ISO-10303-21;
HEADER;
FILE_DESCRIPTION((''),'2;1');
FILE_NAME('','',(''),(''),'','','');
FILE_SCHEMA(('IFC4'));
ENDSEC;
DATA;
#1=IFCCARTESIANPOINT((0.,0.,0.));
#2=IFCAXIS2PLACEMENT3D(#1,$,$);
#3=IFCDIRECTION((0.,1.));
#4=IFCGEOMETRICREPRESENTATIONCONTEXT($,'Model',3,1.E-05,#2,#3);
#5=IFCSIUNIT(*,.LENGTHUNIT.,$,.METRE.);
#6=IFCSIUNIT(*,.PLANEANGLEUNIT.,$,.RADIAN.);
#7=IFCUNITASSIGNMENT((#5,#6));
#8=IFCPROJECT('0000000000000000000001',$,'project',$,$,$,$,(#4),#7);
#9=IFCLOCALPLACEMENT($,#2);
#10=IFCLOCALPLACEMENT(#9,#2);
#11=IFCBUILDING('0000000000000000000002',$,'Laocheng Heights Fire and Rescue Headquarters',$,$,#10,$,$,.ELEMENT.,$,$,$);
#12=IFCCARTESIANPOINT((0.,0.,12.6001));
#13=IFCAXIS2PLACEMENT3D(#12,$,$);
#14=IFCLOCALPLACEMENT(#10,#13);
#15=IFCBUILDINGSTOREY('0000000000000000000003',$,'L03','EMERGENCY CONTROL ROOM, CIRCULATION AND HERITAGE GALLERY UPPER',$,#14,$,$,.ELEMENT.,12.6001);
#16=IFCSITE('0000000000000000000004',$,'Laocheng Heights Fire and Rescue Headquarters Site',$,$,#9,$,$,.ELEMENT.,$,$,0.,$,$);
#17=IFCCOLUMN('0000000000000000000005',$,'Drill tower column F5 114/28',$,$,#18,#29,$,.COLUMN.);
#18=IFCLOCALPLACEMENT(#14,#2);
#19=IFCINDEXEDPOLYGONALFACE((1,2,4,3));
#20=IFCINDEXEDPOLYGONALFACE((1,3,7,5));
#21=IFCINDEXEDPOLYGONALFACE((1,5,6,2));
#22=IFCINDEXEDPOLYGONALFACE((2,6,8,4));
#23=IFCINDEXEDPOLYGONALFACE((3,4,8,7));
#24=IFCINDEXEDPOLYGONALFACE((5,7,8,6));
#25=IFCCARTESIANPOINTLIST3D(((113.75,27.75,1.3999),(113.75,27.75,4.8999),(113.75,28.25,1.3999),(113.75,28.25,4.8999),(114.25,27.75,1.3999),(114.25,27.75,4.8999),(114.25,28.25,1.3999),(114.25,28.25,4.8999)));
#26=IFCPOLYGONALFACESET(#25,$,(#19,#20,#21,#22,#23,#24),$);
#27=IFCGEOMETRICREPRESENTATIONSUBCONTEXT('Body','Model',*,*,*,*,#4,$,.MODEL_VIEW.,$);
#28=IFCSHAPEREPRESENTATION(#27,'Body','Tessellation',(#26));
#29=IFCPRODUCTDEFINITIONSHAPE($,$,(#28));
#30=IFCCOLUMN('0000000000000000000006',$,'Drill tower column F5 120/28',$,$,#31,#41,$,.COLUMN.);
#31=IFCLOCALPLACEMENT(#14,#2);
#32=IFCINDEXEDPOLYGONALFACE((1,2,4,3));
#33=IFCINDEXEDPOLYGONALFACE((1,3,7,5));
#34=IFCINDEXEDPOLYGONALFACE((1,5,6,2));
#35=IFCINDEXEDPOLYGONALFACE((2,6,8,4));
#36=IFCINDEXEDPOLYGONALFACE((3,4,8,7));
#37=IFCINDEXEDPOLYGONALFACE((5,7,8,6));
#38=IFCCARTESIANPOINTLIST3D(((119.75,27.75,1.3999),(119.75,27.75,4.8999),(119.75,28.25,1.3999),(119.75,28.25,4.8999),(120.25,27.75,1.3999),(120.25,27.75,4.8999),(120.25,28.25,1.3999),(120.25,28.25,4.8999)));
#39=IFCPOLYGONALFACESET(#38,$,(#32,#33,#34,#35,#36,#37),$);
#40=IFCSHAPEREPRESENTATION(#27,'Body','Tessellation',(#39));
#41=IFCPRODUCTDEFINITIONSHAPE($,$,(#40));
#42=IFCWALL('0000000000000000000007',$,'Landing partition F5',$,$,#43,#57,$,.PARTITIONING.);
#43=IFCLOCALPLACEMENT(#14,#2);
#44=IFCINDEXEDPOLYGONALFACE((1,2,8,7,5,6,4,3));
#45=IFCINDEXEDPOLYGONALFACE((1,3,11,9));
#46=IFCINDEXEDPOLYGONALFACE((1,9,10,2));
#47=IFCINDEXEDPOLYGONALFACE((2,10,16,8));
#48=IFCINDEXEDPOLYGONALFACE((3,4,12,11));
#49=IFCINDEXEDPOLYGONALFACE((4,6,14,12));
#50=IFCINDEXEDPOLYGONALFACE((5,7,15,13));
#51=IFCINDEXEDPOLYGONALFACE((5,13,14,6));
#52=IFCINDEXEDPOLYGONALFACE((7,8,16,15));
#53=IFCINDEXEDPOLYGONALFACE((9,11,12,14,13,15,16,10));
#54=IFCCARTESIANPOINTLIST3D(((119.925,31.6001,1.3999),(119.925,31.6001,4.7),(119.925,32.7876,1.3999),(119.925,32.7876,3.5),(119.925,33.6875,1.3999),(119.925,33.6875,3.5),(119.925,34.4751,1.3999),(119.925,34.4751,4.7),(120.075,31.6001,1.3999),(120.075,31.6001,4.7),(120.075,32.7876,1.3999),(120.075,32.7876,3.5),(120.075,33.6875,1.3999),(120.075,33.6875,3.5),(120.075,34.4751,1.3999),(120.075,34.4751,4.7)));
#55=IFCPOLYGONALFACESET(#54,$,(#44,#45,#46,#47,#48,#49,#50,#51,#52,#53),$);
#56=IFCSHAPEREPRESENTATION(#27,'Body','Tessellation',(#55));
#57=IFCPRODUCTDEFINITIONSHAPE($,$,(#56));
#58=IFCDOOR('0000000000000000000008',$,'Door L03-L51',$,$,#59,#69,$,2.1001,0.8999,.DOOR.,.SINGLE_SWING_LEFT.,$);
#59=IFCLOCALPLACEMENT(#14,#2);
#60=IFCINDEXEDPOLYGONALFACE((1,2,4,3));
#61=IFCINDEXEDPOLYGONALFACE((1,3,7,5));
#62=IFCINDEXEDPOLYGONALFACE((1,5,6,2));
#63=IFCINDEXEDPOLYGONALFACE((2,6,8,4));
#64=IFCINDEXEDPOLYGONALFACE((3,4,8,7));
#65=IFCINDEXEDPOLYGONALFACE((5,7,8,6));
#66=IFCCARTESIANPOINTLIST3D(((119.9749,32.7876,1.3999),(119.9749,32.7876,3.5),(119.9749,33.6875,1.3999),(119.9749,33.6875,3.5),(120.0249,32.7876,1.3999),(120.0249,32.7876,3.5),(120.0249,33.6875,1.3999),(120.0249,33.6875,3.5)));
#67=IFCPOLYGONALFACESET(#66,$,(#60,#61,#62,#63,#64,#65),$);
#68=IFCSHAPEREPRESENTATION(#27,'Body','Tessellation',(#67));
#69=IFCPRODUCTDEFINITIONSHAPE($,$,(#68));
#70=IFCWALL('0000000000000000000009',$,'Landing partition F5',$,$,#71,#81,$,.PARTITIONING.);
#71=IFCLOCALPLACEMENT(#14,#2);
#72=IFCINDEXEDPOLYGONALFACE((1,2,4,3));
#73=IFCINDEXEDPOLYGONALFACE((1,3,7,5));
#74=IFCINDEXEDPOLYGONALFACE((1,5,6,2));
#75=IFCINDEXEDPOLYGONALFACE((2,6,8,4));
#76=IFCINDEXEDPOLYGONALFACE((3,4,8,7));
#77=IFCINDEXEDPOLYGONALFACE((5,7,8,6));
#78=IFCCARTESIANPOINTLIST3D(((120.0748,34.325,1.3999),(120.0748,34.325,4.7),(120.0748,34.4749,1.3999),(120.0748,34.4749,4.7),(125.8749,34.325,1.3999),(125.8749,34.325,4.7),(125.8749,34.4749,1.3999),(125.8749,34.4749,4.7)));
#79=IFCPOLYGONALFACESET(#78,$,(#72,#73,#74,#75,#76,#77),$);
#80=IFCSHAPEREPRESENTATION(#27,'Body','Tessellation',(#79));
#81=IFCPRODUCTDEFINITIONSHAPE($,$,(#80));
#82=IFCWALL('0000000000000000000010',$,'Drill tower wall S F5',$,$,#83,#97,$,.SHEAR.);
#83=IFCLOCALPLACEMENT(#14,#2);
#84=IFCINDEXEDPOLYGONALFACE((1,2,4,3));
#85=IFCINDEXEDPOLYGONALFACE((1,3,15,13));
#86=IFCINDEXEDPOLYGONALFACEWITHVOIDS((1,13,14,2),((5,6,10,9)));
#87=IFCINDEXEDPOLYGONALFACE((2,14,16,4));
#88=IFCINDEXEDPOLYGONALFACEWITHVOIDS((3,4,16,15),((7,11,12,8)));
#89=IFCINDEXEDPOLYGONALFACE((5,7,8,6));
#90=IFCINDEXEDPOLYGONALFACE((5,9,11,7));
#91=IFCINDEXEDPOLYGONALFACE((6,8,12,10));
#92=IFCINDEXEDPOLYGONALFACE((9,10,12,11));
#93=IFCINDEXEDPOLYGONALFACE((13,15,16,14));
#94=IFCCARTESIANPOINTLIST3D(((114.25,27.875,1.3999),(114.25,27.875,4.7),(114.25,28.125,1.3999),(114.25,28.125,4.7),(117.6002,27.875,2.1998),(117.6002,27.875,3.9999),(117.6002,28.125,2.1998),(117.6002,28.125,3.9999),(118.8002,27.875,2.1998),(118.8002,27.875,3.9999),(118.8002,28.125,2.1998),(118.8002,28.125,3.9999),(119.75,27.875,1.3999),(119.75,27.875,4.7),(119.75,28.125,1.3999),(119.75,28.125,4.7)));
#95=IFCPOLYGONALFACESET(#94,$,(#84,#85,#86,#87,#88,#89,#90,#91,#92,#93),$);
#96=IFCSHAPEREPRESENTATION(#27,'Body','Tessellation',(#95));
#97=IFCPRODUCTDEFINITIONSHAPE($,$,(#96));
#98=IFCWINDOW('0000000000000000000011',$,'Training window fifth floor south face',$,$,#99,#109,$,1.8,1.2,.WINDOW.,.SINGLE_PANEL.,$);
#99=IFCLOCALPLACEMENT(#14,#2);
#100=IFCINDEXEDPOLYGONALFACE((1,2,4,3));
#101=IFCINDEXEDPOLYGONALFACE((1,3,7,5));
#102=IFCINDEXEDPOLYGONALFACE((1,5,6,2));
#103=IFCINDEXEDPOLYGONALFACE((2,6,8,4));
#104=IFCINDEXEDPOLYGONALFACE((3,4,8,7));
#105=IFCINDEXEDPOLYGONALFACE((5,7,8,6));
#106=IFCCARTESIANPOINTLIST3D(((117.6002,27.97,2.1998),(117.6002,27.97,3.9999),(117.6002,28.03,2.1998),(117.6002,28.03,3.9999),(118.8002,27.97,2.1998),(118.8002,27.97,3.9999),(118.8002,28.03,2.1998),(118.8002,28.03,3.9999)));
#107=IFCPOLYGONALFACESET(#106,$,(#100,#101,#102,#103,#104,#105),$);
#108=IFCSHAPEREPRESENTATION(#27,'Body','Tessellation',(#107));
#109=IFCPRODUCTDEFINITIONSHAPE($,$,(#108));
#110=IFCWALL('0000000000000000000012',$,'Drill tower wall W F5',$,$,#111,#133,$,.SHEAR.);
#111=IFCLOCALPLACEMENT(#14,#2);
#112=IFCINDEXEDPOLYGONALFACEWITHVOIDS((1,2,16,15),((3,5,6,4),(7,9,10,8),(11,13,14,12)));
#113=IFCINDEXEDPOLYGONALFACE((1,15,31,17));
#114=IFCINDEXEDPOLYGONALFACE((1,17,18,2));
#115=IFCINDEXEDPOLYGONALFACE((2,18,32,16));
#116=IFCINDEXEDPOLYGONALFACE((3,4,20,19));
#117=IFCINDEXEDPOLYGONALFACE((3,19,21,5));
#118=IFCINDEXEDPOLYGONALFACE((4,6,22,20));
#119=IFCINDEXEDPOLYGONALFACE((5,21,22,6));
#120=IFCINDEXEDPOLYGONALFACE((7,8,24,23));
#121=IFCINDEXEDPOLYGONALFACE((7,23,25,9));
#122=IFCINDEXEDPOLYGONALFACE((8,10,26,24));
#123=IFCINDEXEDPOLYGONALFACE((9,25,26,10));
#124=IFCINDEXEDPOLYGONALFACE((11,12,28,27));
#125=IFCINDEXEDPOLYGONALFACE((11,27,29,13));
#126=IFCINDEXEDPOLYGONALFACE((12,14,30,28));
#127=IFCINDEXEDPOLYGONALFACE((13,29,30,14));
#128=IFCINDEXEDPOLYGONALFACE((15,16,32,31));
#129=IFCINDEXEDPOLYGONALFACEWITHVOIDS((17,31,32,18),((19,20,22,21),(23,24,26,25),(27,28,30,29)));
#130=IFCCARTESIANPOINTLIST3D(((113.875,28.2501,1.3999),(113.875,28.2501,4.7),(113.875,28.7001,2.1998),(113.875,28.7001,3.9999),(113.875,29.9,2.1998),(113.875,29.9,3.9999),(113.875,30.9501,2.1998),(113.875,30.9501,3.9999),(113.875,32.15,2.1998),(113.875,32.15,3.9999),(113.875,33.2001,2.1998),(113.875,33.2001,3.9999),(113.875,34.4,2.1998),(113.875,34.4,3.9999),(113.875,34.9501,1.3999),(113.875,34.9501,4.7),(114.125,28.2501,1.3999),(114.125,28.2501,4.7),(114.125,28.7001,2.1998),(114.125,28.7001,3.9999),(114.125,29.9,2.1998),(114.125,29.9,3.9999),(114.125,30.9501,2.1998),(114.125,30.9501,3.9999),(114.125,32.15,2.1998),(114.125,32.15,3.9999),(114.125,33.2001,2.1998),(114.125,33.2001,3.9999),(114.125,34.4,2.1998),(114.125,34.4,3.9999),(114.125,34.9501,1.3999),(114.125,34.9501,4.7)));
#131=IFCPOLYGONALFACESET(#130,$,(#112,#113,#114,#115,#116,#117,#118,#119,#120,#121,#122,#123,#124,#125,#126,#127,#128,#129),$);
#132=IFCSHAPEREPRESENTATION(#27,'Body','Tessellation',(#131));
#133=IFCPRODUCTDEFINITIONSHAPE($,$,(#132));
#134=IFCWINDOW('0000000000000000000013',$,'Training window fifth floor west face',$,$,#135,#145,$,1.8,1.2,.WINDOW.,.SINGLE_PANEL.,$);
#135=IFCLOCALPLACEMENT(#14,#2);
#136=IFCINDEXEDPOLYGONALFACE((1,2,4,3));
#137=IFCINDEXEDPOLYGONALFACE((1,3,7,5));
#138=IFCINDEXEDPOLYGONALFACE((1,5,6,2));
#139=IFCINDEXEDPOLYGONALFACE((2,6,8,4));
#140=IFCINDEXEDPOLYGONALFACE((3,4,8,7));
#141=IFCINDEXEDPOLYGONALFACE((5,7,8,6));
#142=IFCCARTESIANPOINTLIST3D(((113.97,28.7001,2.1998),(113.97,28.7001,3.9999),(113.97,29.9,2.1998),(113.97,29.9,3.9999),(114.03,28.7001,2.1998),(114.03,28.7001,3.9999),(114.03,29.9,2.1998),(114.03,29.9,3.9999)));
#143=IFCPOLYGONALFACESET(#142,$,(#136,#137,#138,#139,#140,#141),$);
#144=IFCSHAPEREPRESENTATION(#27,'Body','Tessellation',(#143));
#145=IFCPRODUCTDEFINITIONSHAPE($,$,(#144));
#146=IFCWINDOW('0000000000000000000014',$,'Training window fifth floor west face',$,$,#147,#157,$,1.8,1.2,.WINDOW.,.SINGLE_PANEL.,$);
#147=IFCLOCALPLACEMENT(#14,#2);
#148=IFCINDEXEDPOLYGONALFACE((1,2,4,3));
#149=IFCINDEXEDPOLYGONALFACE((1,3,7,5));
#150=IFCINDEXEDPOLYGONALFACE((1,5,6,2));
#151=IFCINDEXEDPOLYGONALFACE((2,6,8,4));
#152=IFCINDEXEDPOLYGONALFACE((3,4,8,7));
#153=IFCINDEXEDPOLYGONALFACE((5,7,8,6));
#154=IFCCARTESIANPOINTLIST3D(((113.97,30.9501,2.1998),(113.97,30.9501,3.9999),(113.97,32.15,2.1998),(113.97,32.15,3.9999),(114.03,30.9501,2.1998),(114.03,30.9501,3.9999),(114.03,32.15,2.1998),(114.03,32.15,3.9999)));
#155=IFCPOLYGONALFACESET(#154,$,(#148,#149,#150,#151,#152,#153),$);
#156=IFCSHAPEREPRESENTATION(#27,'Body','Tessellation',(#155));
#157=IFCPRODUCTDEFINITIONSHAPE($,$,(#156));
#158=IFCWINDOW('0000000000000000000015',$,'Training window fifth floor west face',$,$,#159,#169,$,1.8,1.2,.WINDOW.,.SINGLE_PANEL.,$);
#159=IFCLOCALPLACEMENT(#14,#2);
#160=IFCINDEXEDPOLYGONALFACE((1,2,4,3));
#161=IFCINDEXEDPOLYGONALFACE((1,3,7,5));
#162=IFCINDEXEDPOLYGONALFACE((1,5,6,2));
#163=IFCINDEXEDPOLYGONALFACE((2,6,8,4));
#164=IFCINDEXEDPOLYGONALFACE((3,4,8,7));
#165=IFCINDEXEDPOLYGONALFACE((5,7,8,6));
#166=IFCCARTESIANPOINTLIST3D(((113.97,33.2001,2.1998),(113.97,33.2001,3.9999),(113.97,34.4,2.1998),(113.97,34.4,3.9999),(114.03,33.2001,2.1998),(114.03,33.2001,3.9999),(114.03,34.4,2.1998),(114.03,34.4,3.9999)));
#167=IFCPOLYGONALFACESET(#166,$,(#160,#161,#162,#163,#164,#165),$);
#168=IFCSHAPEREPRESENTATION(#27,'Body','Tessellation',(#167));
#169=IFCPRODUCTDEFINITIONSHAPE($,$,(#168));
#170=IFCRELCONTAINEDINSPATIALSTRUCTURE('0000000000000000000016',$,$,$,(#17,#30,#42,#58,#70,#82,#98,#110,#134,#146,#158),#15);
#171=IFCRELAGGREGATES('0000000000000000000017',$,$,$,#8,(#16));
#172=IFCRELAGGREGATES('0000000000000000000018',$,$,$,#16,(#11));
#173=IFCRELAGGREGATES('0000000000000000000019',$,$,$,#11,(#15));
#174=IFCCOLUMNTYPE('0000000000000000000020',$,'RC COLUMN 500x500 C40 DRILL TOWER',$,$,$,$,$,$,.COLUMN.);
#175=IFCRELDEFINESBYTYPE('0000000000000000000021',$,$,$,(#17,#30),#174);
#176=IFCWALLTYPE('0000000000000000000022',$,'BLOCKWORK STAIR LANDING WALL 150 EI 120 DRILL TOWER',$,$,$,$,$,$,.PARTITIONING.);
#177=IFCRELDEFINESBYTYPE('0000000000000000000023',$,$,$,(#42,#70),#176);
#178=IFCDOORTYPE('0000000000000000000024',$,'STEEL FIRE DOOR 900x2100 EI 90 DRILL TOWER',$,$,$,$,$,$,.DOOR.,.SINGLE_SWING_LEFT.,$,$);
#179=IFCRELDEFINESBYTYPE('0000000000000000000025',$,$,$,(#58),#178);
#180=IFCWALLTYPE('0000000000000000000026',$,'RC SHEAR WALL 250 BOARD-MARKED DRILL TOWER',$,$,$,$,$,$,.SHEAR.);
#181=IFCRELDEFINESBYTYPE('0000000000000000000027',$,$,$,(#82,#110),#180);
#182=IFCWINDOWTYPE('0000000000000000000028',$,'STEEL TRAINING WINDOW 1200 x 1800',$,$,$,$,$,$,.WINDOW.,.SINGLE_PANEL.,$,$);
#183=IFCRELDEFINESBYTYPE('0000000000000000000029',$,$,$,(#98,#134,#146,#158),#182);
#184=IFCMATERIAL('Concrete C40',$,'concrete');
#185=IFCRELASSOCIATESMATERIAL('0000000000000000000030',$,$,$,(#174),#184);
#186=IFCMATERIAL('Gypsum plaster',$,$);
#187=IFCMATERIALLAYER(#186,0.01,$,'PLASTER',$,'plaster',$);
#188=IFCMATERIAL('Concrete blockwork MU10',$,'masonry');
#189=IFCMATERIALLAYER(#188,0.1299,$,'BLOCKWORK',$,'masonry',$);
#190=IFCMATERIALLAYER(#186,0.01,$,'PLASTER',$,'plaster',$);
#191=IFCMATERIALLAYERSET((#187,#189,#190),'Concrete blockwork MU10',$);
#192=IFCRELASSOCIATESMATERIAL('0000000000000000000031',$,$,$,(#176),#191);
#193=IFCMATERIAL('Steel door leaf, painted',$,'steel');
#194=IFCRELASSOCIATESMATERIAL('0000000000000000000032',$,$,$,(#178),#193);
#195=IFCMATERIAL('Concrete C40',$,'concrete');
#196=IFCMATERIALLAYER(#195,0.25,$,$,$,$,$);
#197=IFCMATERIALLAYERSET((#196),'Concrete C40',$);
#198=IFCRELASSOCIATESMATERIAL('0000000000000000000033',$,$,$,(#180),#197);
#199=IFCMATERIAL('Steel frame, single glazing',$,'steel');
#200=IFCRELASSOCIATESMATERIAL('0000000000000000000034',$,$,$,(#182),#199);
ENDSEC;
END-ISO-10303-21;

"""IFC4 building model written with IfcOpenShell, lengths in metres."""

from ifc_helpers import new_model, si_unit, direction, frame, frame_2d, origin, origin_2d, place, context, subcontext, project, spatial, rectangle, extrude, material, layer, layer_set, material_profile, profile_set, type_object, element, fill, save


model = new_model("IFC4")

# Units and contexts
model_context = context("Model", 3, precision=1e-05, world=origin(), true_north=direction((0.0, 1.0)))
body_context = subcontext(model_context, "Body", "Model", "MODEL_VIEW")
ifc_project = project(units=[si_unit("LENGTHUNIT", "METRE"), si_unit("PLANEANGLEUNIT", "RADIAN")], contexts=[model_context])

# Site, building, storey
site_placement = place(None, origin())
site = spatial("IfcSite", under=ifc_project, at=site_placement, Name="Laocheng Heights Fire and Rescue Headquarters Site", CompositionType="ELEMENT", RefElevation=0.0)
building_placement = place(site_placement, origin())
building = spatial("IfcBuilding", under=site, at=building_placement, Name="Laocheng Heights Fire and Rescue Headquarters", CompositionType="ELEMENT")
storey_placement = place(building_placement, frame((0.0, 0.0, 12.6001)))
storey = spatial("IfcBuildingStorey", under=building, at=storey_placement, Name="L03", Description="EMERGENCY CONTROL ROOM, CIRCULATION AND HERITAGE GALLERY UPPER", CompositionType="ELEMENT", Elevation=12.6001)

# Columns
ifc_material_1 = material(Name="Concrete C40", Category="concrete")
ifc_material_profile = material_profile(ifc_material_1, rectangle(XDim=0.5, YDim=0.5, at=origin_2d()), Name="RC COLUMN 500x500 C40 DRILL TOWER")
ifc_profile_set = profile_set([ifc_material_profile], Name="Concrete C40")
column_type = type_object("IfcColumnType", Name="RC COLUMN 500x500 C40 DRILL TOWER", PredefinedType="COLUMN", material=ifc_profile_set)
for number, where, z_axis, x_axis, name in (
    (1, (114.0, 28.0, 1.3999), (0.0, 0.0, 1.0), (1.0, 0.0, 0.0), "Drill tower column F5 114/28"),
    (2, (120.0, 28.0, 1.3999), (0.0, 0.0, 1.0), (1.0, 0.0, 0.0), "Drill tower column F5 120/28"),
):
    element("IfcColumn", number, at=place(storey_placement, frame(where, z_axis=z_axis, x_axis=x_axis)), inside=storey, type_object=column_type, Name=name, PredefinedType="COLUMN", context=body_context, shape_type="SweptSolid", body=[
        extrude(rectangle(XDim=0.5, YDim=0.5, at=origin_2d()), origin(), (0.0, 0.0, 1.0), 3.5),
    ])

# Wall, opening, door
ifc_material_2 = material(Name="Gypsum plaster")
ifc_layer_1 = layer(ifc_material_2, 0.01, Name="PLASTER", Category="plaster")
ifc_material_3 = material(Name="Concrete blockwork MU10", Category="masonry")
ifc_layer_2 = layer(ifc_material_3, 0.1299, Name="BLOCKWORK", Category="masonry")
ifc_layer_3 = layer(ifc_material_2, 0.01, Name="PLASTER", Category="plaster")
ifc_layer_set_1 = layer_set([ifc_layer_1, ifc_layer_2, ifc_layer_3], Name="Concrete blockwork MU10")
wall_type_1 = type_object("IfcWallType", Name="BLOCKWORK STAIR LANDING WALL 150 EI 120 DRILL TOWER", PredefinedType="PARTITIONING", material=ifc_layer_set_1)
wall_1_placement = place(storey_placement, frame((120.0, 31.6001, 1.3999), z_axis=(0.0, 0.0, 1.0), x_axis=(0.0, 1.0, 0.0)))
wall_1 = element("IfcWall", 3, at=wall_1_placement, inside=storey, type_object=wall_type_1, Name="Landing partition F5", PredefinedType="PARTITIONING", context=body_context, shape_type="SweptSolid", body=[
    extrude(rectangle(XDim=2.875, YDim=0.1499, at=frame_2d((1.4375, 0.0))), origin(), (0.0, 0.0, 1.0), 3.3),
])
opening_1_placement = place(wall_1_placement, frame((1.1875, 0.0, 0.0)))
opening_1 = element("IfcOpeningElement", 4, at=opening_1_placement, cuts=wall_1, PredefinedType="OPENING", context=body_context, shape_type="SweptSolid", body=[
    extrude(rectangle(XDim=0.8999, YDim=2.1001, at=frame_2d((0.45, 1.05))), frame((0.0, 0.085, 0.0), z_axis=(0.0, -1.0, 0.0), x_axis=(1.0, 0.0, 0.0)), (0.0, 0.0, 1.0), 0.1699),
])
ifc_material_4 = material(Name="Steel door leaf, painted", Category="steel")
door_type_1 = type_object("IfcDoorType", Name="STEEL FIRE DOOR 900x2100 EI 90 DRILL TOWER", OperationType="SINGLE_SWING_LEFT", PredefinedType="DOOR", material=ifc_material_4)
door_1_placement = place(opening_1_placement, frame((0.8999, 0.0, 0.0), z_axis=(0.0, 0.0, 1.0), x_axis=(-1.0, 0.0, 0.0)))
door_1 = element("IfcDoor", 5, at=door_1_placement, inside=storey, type_object=door_type_1, Name="Door L03-L51", OperationType="SINGLE_SWING_LEFT", OverallHeight=2.1001, OverallWidth=0.8999, PredefinedType="DOOR", context=body_context, shape_type="SweptSolid", body=[
    extrude(rectangle(XDim=0.8999, YDim=2.1001, at=frame_2d((0.45, 1.05))), frame((0.0, 0.0249, 0.0), z_axis=(0.0, -1.0, 0.0), x_axis=(1.0, 0.0, 0.0)), (0.0, 0.0, 1.0), 0.05),
])
fill(opening_1, door_1)

# Wall
wall_2_placement = place(storey_placement, frame((120.075, 34.3999, 1.3999), z_axis=(0.0, 0.0, 1.0), x_axis=(1.0, 0.0, 0.0)))
element("IfcWall", 6, at=wall_2_placement, inside=storey, type_object=wall_type_1, Name="Landing partition F5", PredefinedType="PARTITIONING", context=body_context, shape_type="SweptSolid", body=[
    extrude(rectangle(XDim=5.8, YDim=0.1499, at=frame_2d((2.8999, 0.0))), origin(), (0.0, 0.0, 1.0), 3.3),
])

# Wall, opening, window
ifc_material_5 = material(Name="Concrete C40", Category="concrete")
ifc_layer_4 = layer(ifc_material_5, 0.25)
ifc_layer_set_2 = layer_set([ifc_layer_4], Name="Concrete C40")
wall_type_2 = type_object("IfcWallType", Name="RC SHEAR WALL 250 BOARD-MARKED DRILL TOWER", PredefinedType="SHEAR", material=ifc_layer_set_2)
wall_3_placement = place(storey_placement, frame((114.25, 28.0, 1.3999), z_axis=(0.0, 0.0, 1.0), x_axis=(1.0, 0.0, 0.0)))
wall_3 = element("IfcWall", 7, at=wall_3_placement, inside=storey, type_object=wall_type_2, Name="Drill tower wall S F5", PredefinedType="SHEAR", context=body_context, shape_type="SweptSolid", body=[
    extrude(rectangle(XDim=5.5, YDim=0.25, at=frame_2d((2.75, 0.0))), origin(), (0.0, 0.0, 1.0), 3.3),
])
opening_2_placement = place(wall_3_placement, frame((3.3501, 0.0, 0.8)))
opening_2 = element("IfcOpeningElement", 8, at=opening_2_placement, cuts=wall_3, PredefinedType="OPENING", context=body_context, shape_type="SweptSolid", body=[
    extrude(rectangle(XDim=1.2, YDim=1.8, at=frame_2d((0.6001, 0.8999))), frame((0.0, 0.135, 0.0), z_axis=(0.0, -1.0, 0.0), x_axis=(1.0, 0.0, 0.0)), (0.0, 0.0, 1.0), 0.27),
])
ifc_material_6 = material(Name="Steel frame, single glazing", Category="steel")
window_type = type_object("IfcWindowType", Name="STEEL TRAINING WINDOW 1200 x 1800", PartitioningType="SINGLE_PANEL", PredefinedType="WINDOW", material=ifc_material_6)
window_1_placement = place(opening_2_placement, origin())
window_1 = element("IfcWindow", 9, at=window_1_placement, inside=storey, type_object=window_type, Name="Training window fifth floor south face", OverallHeight=1.8, OverallWidth=1.2, PartitioningType="SINGLE_PANEL", PredefinedType="WINDOW", context=body_context, shape_type="SweptSolid", body=[
    extrude(rectangle(XDim=1.2, YDim=1.8, at=frame_2d((0.6001, 0.8999))), frame((0.0, 0.03, 0.0), z_axis=(0.0, -1.0, 0.0), x_axis=(1.0, 0.0, 0.0)), (0.0, 0.0, 1.0), 0.0601),
])
fill(opening_2, window_1)

# Wall, openings, windows
wall_4_placement = place(storey_placement, frame((114.0, 28.25, 1.3999), z_axis=(0.0, 0.0, 1.0), x_axis=(0.0, 1.0, 0.0)))
wall_4 = element("IfcWall", 10, at=wall_4_placement, inside=storey, type_object=wall_type_2, Name="Drill tower wall W F5", PredefinedType="SHEAR", context=body_context, shape_type="SweptSolid", body=[
    extrude(rectangle(XDim=6.7, YDim=0.25, at=frame_2d((3.3501, 0.0))), origin(), (0.0, 0.0, 1.0), 3.3),
])
opening_3_placement = place(wall_4_placement, frame((0.45, 0.0, 0.8)))
opening_3 = element("IfcOpeningElement", 11, at=opening_3_placement, cuts=wall_4, PredefinedType="OPENING", context=body_context, shape_type="SweptSolid", body=[
    extrude(rectangle(XDim=1.2, YDim=1.8, at=frame_2d((0.6001, 0.8999))), frame((0.0, 0.135, 0.0), z_axis=(0.0, -1.0, 0.0), x_axis=(1.0, 0.0, 0.0)), (0.0, 0.0, 1.0), 0.27),
])
opening_4_placement = place(wall_4_placement, frame((2.7, 0.0, 0.8)))
opening_4 = element("IfcOpeningElement", 12, at=opening_4_placement, cuts=wall_4, PredefinedType="OPENING", context=body_context, shape_type="SweptSolid", body=[
    extrude(rectangle(XDim=1.2, YDim=1.8, at=frame_2d((0.6001, 0.8999))), frame((0.0, 0.135, 0.0), z_axis=(0.0, -1.0, 0.0), x_axis=(1.0, 0.0, 0.0)), (0.0, 0.0, 1.0), 0.27),
])
opening_5_placement = place(wall_4_placement, frame((4.95, 0.0, 0.8)))
opening_5 = element("IfcOpeningElement", 13, at=opening_5_placement, cuts=wall_4, PredefinedType="OPENING", context=body_context, shape_type="SweptSolid", body=[
    extrude(rectangle(XDim=1.2, YDim=1.8, at=frame_2d((0.6001, 0.8999))), frame((0.0, 0.135, 0.0), z_axis=(0.0, -1.0, 0.0), x_axis=(1.0, 0.0, 0.0)), (0.0, 0.0, 1.0), 0.27),
])
window_2_placement = place(opening_3_placement, origin())
window_2 = element("IfcWindow", 14, at=window_2_placement, inside=storey, type_object=window_type, Name="Training window fifth floor west face", OverallHeight=1.8, OverallWidth=1.2, PartitioningType="SINGLE_PANEL", PredefinedType="WINDOW", context=body_context, shape_type="SweptSolid", body=[
    extrude(rectangle(XDim=1.2, YDim=1.8, at=frame_2d((0.6001, 0.8999))), frame((0.0, 0.03, 0.0), z_axis=(0.0, -1.0, 0.0), x_axis=(1.0, 0.0, 0.0)), (0.0, 0.0, 1.0), 0.0601),
])
fill(opening_3, window_2)
window_3_placement = place(opening_4_placement, origin())
window_3 = element("IfcWindow", 15, at=window_3_placement, inside=storey, type_object=window_type, Name="Training window fifth floor west face", OverallHeight=1.8, OverallWidth=1.2, PartitioningType="SINGLE_PANEL", PredefinedType="WINDOW", context=body_context, shape_type="SweptSolid", body=[
    extrude(rectangle(XDim=1.2, YDim=1.8, at=frame_2d((0.6001, 0.8999))), frame((0.0, 0.03, 0.0), z_axis=(0.0, -1.0, 0.0), x_axis=(1.0, 0.0, 0.0)), (0.0, 0.0, 1.0), 0.0601),
])
fill(opening_4, window_3)
window_4_placement = place(opening_5_placement, origin())
window_4 = element("IfcWindow", 16, at=window_4_placement, inside=storey, type_object=window_type, Name="Training window fifth floor west face", OverallHeight=1.8, OverallWidth=1.2, PartitioningType="SINGLE_PANEL", PredefinedType="WINDOW", context=body_context, shape_type="SweptSolid", body=[
    extrude(rectangle(XDim=1.2, YDim=1.8, at=frame_2d((0.6001, 0.8999))), frame((0.0, 0.03, 0.0), z_axis=(0.0, -1.0, 0.0), x_axis=(1.0, 0.0, 0.0)), (0.0, 0.0, 1.0), 0.0601),
])
fill(opening_5, window_4)

save(model, "model.ifc")
